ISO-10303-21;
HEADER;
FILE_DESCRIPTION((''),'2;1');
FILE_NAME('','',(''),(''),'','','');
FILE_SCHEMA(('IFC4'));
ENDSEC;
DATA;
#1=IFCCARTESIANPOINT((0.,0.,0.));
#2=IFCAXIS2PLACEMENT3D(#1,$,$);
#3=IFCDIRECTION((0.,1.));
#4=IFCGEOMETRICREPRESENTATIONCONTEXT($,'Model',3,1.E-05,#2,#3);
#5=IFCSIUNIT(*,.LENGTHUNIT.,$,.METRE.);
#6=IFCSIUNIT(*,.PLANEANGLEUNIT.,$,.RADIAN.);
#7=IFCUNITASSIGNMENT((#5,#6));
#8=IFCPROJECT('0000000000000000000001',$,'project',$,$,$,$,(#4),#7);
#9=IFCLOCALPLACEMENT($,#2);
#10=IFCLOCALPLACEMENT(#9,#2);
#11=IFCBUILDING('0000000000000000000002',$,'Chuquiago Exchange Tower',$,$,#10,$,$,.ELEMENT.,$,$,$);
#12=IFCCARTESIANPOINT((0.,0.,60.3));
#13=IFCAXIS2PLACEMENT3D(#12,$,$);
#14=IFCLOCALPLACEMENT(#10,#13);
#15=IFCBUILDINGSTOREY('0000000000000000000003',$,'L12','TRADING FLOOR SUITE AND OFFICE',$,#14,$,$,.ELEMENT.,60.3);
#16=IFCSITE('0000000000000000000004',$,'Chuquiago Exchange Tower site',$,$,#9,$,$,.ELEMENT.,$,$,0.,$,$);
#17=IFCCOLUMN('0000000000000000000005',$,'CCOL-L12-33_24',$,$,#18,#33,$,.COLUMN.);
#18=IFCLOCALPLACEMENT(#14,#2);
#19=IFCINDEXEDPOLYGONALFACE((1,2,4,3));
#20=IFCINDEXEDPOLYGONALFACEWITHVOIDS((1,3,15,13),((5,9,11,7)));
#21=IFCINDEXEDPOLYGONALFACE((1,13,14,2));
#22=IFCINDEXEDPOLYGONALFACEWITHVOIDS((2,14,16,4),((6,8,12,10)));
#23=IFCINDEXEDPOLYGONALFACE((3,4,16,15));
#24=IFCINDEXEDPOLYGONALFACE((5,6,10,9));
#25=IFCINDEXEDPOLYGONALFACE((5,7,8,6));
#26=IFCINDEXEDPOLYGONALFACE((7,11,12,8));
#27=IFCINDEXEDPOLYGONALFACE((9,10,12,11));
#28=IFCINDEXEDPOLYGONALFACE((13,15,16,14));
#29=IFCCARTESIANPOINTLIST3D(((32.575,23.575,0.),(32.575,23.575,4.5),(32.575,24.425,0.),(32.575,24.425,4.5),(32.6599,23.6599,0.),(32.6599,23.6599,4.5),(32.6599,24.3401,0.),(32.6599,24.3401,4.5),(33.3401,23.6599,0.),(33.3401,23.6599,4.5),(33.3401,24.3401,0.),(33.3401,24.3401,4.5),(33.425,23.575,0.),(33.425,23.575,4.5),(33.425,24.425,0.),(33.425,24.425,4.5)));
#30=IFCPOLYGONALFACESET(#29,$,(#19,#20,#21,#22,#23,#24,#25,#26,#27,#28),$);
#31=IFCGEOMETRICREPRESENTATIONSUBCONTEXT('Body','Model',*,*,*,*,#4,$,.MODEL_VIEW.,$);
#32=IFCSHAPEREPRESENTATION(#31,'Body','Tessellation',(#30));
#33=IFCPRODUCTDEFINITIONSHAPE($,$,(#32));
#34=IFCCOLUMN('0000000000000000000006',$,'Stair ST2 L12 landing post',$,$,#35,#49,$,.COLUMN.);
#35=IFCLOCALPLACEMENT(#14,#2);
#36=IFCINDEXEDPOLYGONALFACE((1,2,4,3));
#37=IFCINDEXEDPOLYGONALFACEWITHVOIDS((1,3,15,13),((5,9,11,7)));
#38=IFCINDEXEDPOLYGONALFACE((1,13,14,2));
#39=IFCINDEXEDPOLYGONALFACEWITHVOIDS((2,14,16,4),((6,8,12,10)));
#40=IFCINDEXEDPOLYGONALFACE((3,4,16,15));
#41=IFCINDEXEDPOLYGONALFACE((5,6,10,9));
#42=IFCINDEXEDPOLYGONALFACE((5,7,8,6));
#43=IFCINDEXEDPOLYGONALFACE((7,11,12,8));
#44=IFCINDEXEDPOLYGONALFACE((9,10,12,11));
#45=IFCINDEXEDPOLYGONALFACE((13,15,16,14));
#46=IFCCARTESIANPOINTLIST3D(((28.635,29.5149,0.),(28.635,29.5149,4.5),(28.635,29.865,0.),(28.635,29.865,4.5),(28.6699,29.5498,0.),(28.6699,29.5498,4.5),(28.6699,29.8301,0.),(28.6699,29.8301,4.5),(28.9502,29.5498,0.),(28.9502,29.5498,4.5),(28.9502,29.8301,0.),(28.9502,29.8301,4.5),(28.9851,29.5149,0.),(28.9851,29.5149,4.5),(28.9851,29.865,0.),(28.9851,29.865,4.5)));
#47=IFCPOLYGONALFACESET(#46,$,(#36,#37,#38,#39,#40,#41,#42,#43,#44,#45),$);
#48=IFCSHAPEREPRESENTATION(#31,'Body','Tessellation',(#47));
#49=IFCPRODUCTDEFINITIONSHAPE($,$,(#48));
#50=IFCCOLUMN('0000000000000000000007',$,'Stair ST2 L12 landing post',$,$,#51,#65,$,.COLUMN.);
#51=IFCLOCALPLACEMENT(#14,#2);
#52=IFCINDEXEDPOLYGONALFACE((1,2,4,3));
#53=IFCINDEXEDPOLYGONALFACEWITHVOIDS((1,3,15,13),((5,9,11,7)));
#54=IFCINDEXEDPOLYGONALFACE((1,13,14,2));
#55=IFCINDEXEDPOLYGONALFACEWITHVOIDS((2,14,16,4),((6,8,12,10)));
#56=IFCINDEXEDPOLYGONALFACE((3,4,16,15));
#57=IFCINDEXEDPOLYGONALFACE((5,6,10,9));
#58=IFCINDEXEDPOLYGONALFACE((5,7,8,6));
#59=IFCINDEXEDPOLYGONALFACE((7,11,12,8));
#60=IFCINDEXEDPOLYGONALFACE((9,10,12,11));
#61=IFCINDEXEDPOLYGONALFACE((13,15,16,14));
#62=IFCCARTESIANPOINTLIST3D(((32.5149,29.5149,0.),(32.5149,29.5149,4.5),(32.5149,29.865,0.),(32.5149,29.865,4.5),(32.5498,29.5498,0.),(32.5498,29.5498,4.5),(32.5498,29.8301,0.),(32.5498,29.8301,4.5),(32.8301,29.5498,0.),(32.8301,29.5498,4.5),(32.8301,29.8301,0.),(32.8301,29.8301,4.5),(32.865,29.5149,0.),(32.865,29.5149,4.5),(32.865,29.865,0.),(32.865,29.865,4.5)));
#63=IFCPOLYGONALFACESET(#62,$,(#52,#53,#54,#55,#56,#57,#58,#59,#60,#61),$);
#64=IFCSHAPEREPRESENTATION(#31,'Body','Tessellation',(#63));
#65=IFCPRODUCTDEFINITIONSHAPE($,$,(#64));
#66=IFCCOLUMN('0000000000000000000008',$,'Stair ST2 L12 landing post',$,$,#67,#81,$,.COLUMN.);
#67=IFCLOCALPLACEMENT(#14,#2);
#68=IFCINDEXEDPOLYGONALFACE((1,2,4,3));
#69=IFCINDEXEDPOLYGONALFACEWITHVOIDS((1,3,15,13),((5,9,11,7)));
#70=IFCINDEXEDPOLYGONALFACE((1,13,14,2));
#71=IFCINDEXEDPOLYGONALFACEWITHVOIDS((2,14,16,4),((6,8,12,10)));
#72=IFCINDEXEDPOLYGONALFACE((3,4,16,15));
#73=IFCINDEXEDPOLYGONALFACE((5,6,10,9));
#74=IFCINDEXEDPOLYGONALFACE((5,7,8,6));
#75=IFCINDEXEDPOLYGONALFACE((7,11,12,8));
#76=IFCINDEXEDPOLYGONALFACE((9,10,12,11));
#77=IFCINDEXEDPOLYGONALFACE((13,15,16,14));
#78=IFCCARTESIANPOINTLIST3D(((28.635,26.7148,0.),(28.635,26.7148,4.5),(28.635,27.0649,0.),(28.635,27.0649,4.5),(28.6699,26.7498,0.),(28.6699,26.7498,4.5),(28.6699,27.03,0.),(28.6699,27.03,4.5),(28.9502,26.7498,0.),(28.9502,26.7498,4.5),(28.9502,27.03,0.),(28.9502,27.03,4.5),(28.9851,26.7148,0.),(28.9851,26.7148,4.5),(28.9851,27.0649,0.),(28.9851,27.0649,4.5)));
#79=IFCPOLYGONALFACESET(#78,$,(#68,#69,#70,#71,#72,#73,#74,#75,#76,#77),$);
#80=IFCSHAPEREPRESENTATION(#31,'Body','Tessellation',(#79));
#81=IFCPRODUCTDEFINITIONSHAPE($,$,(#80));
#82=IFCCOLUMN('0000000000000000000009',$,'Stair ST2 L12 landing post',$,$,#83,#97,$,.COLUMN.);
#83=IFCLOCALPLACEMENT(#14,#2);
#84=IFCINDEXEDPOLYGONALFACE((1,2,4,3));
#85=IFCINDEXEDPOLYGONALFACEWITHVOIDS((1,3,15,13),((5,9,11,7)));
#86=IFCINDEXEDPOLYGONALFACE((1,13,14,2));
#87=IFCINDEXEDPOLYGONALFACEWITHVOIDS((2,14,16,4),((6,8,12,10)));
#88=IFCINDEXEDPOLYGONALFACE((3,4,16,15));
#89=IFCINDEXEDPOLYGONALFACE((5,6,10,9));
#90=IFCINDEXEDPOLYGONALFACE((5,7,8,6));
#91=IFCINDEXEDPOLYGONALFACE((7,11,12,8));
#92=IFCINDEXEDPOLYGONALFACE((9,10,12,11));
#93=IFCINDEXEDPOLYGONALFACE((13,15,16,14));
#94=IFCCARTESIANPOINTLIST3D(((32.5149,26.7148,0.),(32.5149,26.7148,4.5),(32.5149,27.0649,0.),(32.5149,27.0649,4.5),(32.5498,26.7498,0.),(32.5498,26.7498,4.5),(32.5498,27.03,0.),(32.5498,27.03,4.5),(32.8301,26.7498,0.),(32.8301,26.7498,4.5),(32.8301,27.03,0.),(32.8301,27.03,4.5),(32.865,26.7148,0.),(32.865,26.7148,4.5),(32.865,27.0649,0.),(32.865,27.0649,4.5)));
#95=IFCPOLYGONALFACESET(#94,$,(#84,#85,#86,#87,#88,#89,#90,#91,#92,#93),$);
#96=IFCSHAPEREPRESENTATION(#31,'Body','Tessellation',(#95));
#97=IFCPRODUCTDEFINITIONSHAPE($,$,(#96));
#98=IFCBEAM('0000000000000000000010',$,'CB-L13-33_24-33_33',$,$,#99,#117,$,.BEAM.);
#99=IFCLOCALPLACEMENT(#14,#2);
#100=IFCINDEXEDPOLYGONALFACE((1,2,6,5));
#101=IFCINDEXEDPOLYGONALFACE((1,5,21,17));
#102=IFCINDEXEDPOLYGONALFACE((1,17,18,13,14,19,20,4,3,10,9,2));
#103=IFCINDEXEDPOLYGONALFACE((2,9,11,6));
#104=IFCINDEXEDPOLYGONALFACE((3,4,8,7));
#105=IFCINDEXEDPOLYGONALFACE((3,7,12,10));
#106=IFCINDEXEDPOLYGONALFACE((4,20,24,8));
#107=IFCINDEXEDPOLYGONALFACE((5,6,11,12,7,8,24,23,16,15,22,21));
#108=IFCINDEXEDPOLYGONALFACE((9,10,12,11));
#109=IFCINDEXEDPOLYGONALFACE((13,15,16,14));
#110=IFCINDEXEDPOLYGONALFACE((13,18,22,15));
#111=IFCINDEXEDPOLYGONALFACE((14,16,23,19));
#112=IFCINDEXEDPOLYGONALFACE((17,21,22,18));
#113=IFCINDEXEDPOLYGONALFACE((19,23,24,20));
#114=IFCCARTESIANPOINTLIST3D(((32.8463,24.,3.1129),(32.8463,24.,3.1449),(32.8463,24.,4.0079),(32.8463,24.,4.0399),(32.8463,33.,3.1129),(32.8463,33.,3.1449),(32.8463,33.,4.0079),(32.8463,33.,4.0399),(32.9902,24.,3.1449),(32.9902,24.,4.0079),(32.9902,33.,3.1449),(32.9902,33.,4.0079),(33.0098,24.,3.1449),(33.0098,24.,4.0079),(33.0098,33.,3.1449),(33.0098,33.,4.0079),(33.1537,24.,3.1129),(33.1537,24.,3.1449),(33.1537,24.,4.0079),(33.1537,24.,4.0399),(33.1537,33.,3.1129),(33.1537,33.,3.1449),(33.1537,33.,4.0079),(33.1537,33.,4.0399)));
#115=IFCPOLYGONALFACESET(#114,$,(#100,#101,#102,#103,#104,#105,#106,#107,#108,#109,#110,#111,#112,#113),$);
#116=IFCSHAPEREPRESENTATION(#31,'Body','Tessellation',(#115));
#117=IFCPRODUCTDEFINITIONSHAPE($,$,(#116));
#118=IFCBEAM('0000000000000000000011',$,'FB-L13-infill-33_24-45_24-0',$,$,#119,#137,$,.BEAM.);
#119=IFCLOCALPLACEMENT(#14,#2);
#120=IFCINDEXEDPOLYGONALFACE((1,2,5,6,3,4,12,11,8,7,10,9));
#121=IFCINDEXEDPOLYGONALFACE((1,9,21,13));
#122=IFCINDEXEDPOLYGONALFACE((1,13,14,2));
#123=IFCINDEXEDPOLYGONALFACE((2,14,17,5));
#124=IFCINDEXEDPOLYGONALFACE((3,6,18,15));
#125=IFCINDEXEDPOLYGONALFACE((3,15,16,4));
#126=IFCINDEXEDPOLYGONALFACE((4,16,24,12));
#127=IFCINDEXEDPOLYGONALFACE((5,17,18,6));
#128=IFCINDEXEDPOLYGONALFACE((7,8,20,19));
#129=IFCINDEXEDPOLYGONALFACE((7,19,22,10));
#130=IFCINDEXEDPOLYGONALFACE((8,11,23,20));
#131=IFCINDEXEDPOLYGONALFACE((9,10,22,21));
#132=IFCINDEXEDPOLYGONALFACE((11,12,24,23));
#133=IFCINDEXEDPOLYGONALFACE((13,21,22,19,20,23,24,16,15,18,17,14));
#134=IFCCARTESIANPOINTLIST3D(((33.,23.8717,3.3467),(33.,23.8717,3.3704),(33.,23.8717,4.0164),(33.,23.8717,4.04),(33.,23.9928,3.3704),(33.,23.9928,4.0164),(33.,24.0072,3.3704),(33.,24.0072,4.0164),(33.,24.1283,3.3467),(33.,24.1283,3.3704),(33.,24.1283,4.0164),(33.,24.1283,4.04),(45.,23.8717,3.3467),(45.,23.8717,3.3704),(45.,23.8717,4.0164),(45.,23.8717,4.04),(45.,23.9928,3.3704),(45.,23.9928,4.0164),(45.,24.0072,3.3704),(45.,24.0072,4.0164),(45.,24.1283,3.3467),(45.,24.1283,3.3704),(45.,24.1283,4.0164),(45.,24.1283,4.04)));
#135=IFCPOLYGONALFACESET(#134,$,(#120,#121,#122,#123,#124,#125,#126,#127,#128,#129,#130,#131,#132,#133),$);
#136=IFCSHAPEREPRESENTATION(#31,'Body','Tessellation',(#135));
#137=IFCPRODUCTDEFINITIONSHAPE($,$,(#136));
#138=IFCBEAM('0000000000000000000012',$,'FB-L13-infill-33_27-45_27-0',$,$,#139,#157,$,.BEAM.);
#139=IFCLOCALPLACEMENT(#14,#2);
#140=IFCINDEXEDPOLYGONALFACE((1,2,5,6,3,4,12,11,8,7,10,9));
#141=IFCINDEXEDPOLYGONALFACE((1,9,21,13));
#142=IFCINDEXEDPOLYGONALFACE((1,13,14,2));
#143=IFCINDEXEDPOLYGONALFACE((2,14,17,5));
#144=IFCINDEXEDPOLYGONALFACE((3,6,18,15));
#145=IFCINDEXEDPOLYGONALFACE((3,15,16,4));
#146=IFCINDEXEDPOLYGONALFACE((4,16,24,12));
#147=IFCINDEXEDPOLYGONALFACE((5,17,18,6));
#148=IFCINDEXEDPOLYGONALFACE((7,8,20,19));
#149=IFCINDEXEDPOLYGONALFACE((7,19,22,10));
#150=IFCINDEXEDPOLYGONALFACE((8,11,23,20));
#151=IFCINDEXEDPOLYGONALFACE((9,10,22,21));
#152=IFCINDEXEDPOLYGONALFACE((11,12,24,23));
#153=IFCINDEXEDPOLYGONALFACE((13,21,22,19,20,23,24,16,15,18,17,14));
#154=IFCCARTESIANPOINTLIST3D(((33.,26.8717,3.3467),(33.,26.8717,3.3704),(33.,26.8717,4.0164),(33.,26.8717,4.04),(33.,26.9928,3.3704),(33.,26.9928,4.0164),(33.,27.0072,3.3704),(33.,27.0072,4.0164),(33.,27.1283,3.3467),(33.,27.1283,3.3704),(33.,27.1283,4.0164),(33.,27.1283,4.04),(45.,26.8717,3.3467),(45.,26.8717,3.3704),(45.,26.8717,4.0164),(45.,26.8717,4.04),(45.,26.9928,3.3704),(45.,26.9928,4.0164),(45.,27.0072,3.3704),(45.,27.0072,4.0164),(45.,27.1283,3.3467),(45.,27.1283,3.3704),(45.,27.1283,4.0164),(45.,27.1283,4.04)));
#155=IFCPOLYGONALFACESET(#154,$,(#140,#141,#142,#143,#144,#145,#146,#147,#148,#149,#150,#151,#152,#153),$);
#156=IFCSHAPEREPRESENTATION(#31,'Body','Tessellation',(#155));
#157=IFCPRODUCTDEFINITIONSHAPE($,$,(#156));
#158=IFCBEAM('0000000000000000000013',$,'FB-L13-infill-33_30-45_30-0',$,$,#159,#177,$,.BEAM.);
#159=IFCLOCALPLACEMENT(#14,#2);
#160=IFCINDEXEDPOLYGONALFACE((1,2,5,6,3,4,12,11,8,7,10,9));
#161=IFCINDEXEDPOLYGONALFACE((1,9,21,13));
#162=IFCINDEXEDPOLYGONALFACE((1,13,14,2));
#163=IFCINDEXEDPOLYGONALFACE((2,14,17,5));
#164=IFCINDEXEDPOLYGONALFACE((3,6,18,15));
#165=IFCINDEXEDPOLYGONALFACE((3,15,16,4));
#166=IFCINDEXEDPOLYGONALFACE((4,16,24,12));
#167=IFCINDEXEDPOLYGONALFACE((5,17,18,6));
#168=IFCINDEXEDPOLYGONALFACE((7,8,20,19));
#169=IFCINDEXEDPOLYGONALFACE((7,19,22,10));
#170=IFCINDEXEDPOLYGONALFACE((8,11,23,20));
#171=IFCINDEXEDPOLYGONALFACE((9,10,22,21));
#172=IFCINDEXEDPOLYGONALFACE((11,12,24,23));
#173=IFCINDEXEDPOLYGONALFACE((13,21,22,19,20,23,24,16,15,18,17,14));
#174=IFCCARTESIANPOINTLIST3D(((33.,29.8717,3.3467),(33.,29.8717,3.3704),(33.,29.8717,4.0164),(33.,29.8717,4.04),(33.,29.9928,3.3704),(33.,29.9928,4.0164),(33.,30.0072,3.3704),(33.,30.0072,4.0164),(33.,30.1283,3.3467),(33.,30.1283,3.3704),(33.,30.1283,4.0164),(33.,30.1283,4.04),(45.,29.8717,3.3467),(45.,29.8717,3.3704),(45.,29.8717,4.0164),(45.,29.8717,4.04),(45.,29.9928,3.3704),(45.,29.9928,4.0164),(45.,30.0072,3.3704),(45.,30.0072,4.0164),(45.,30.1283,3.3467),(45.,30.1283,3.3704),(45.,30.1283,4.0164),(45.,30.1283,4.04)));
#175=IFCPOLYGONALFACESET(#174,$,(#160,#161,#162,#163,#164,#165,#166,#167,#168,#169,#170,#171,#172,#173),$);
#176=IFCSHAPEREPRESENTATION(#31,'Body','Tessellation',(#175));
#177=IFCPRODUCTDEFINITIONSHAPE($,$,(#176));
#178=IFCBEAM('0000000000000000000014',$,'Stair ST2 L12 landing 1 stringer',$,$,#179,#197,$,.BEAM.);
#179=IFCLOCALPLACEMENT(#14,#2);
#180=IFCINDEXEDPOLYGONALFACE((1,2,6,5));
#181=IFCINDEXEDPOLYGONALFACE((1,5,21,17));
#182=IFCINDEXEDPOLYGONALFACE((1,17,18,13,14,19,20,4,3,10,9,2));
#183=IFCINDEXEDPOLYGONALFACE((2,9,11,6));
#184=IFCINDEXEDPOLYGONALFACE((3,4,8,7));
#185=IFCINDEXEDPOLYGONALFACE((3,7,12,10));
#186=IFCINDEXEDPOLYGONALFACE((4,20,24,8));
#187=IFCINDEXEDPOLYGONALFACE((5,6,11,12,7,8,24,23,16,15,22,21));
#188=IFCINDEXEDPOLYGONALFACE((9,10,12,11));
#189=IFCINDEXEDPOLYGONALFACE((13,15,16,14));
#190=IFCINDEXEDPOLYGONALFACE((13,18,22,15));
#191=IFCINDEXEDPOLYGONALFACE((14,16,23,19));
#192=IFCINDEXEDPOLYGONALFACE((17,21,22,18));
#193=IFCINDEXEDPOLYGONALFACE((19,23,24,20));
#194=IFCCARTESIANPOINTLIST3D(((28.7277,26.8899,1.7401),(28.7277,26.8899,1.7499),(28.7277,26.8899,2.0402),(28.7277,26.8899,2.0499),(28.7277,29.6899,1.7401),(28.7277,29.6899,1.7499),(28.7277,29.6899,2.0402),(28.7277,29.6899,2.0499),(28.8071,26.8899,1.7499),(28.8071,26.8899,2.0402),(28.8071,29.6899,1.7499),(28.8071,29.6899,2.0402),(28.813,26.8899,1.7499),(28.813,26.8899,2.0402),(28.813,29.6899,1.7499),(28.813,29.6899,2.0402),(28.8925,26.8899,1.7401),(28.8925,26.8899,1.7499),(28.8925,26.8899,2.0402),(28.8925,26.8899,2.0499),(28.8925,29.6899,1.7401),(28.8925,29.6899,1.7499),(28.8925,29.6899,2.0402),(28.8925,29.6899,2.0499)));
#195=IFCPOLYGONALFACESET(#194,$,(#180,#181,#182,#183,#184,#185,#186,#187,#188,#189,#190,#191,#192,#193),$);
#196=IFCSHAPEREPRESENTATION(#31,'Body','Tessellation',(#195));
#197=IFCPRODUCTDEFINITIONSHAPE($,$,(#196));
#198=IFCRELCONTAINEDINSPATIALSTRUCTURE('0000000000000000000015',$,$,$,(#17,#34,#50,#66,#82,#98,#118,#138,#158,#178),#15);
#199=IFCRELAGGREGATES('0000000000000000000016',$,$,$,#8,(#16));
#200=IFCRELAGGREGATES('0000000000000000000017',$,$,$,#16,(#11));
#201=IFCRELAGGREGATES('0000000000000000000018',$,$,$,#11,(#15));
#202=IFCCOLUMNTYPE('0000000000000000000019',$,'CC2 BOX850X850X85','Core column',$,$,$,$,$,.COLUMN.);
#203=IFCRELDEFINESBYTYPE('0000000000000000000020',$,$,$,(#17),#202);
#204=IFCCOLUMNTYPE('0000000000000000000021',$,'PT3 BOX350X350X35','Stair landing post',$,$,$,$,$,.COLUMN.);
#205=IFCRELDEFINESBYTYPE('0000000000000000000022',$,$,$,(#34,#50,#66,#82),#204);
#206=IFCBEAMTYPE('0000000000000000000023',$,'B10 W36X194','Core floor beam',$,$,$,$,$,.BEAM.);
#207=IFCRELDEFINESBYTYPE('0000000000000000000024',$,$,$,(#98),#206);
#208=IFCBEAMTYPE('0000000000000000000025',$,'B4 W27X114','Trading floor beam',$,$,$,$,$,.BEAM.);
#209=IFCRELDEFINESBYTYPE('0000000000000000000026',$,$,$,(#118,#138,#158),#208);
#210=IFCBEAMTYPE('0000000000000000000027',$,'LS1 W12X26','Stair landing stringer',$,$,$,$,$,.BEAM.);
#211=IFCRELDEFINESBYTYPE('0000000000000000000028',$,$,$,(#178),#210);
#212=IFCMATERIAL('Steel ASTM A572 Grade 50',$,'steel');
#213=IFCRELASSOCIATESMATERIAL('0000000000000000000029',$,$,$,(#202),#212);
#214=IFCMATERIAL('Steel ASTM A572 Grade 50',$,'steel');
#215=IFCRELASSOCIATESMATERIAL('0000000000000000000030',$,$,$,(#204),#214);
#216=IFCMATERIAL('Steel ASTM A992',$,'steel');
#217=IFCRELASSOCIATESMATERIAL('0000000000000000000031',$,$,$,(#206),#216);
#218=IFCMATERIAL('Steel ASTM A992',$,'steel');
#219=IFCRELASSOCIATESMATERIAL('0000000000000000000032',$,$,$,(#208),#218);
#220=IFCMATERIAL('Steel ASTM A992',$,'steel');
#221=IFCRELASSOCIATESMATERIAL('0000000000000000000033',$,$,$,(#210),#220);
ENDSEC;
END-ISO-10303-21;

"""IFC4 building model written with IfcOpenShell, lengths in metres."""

from ifc_helpers import new_model, si_unit, direction, frame, origin, origin_2d, place, context, subcontext, project, spatial, hollow_rectangle, i_section, extrude, material, material_profile, profile_set, type_object, element, save


model = new_model("IFC4")

# Units and contexts
model_context = context("Model", 3, precision=1e-05, world=origin(), true_north=direction((0.0, 1.0)))
body_context = subcontext(model_context, "Body", "Model", "MODEL_VIEW")
ifc_project = project(units=[si_unit("LENGTHUNIT", "METRE"), si_unit("PLANEANGLEUNIT", "RADIAN")], contexts=[model_context])

# Site, building, storey
site_placement = place(None, origin())
site = spatial("IfcSite", under=ifc_project, at=site_placement, Name="Chuquiago Exchange Tower site", CompositionType="ELEMENT", RefElevation=0.0)
building_placement = place(site_placement, origin())
building = spatial("IfcBuilding", under=site, at=building_placement, Name="Chuquiago Exchange Tower", CompositionType="ELEMENT")
storey_placement = place(building_placement, frame((0.0, 0.0, 60.3)))
storey = spatial("IfcBuildingStorey", under=building, at=storey_placement, Name="L12", Description="TRADING FLOOR SUITE AND OFFICE", CompositionType="ELEMENT", Elevation=60.3)

# Columns
ifc_material_1 = material(Name="Steel ASTM A572 Grade 50", Category="steel")
ifc_material_profile_1 = material_profile(ifc_material_1, hollow_rectangle(XDim=0.8501, YDim=0.8501, WallThickness=0.085, at=origin_2d()), Name="BOX850X850X85")
ifc_profile_set_1 = profile_set([ifc_material_profile_1], Name="Steel ASTM A572 Grade 50")
column_type_1 = type_object("IfcColumnType", Name="CC2 BOX850X850X85", Description="Core column", PredefinedType="COLUMN", material=ifc_profile_set_1)
column_placement = place(storey_placement, frame((33.0, 24.0, 0.0), z_axis=(0.0, 0.0, 1.0), x_axis=(1.0, 0.0, 0.0)))
element("IfcColumn", 1, at=column_placement, inside=storey, type_object=column_type_1, Name="CCOL-L12-33_24", PredefinedType="COLUMN", context=body_context, shape_type="SweptSolid", body=[
    extrude(hollow_rectangle(XDim=0.8501, YDim=0.8501, WallThickness=0.085, at=origin_2d()), origin(), (0.0, 0.0, 1.0), 4.5),
])
ifc_material_2 = material(Name="Steel ASTM A572 Grade 50", Category="steel")
ifc_material_profile_2 = material_profile(ifc_material_2, hollow_rectangle(XDim=0.3501, YDim=0.3501, WallThickness=0.0349, at=origin_2d()), Name="BOX350X350X35")
ifc_profile_set_2 = profile_set([ifc_material_profile_2], Name="Steel ASTM A572 Grade 50")
column_type_2 = type_object("IfcColumnType", Name="PT3 BOX350X350X35", Description="Stair landing post", PredefinedType="COLUMN", material=ifc_profile_set_2)
for number, where, z_axis, x_axis, name in (
    (2, (28.8101, 29.6899, 0.0), (0.0, 0.0, 1.0), (1.0, 0.0, 0.0), "Stair ST2 L12 landing post"),
    (3, (32.6899, 29.6899, 0.0), (0.0, 0.0, 1.0), (1.0, 0.0, 0.0), "Stair ST2 L12 landing post"),
    (4, (28.8101, 26.8899, 0.0), (0.0, 0.0, 1.0), (1.0, 0.0, 0.0), "Stair ST2 L12 landing post"),
    (5, (32.6899, 26.8899, 0.0), (0.0, 0.0, 1.0), (1.0, 0.0, 0.0), "Stair ST2 L12 landing post"),
):
    element("IfcColumn", number, at=place(storey_placement, frame(where, z_axis=z_axis, x_axis=x_axis)), inside=storey, type_object=column_type_2, Name=name, PredefinedType="COLUMN", context=body_context, shape_type="SweptSolid", body=[
        extrude(hollow_rectangle(XDim=0.3501, YDim=0.3501, WallThickness=0.0349, at=origin_2d()), origin(), (0.0, 0.0, 1.0), 4.5),
    ])

# Beams
ifc_material_3 = material(Name="Steel ASTM A992", Category="steel")
ifc_material_profile_3 = material_profile(ifc_material_3, i_section(OverallWidth=0.3074, OverallDepth=0.927, WebThickness=0.0195, FlangeThickness=0.032, at=origin_2d()), Name="W36X194")
ifc_profile_set_3 = profile_set([ifc_material_profile_3], Name="Steel ASTM A992")
beam_type_1 = type_object("IfcBeamType", Name="B10 W36X194", Description="Core floor beam", PredefinedType="BEAM", material=ifc_profile_set_3)
beam_placement = place(storey_placement, frame((33.0, 24.0, 3.5764), z_axis=(0.0, 1.0, 0.0), x_axis=(-1.0, 0.0, 0.0)))
element("IfcBeam", 6, at=beam_placement, inside=storey, type_object=beam_type_1, Name="CB-L13-33_24-33_33", PredefinedType="BEAM", context=body_context, shape_type="SweptSolid", body=[
    extrude(i_section(OverallWidth=0.3074, OverallDepth=0.927, WebThickness=0.0195, FlangeThickness=0.032, at=origin_2d()), origin(), (0.0, 0.0, 1.0), 9.0),
])
ifc_material_4 = material(Name="Steel ASTM A992", Category="steel")
ifc_material_profile_4 = material_profile(ifc_material_4, i_section(OverallWidth=0.2566, OverallDepth=0.6934, WebThickness=0.0144, FlangeThickness=0.0237, at=origin_2d()), Name="W27X114")
ifc_profile_set_4 = profile_set([ifc_material_profile_4], Name="Steel ASTM A992")
beam_type_2 = type_object("IfcBeamType", Name="B4 W27X114", Description="Trading floor beam", PredefinedType="BEAM", material=ifc_profile_set_4)
for number, where, z_axis, x_axis, name in (
    (7, (33.0, 24.0, 3.6934), (1.0, 0.0, 0.0), (0.0, 1.0, 0.0), "FB-L13-infill-33_24-45_24-0"),
    (8, (33.0, 27.0, 3.6934), (1.0, 0.0, 0.0), (0.0, 1.0, 0.0), "FB-L13-infill-33_27-45_27-0"),
    (9, (33.0, 30.0, 3.6934), (1.0, 0.0, 0.0), (0.0, 1.0, 0.0), "FB-L13-infill-33_30-45_30-0"),
):
    element("IfcBeam", number, at=place(storey_placement, frame(where, z_axis=z_axis, x_axis=x_axis)), inside=storey, type_object=beam_type_2, Name=name, PredefinedType="BEAM", context=body_context, shape_type="SweptSolid", body=[
        extrude(i_section(OverallWidth=0.2566, OverallDepth=0.6934, WebThickness=0.0144, FlangeThickness=0.0237, at=origin_2d()), origin(), (0.0, 0.0, 1.0), 12.0),
    ])
ifc_material_5 = material(Name="Steel ASTM A992", Category="steel")
ifc_material_profile_5 = material_profile(ifc_material_5, i_section(OverallWidth=0.1648, OverallDepth=0.3098, WebThickness=0.0059, FlangeThickness=0.0098, at=origin_2d()), Name="W12X26")
ifc_profile_set_5 = profile_set([ifc_material_profile_5], Name="Steel ASTM A992")
beam_type_3 = type_object("IfcBeamType", Name="LS1 W12X26", Description="Stair landing stringer", PredefinedType="BEAM", material=ifc_profile_set_5)
for number, where, z_axis, x_axis, name in (
    (10, (28.8101, 26.8899, 1.895), (0.0, 1.0, 0.0), (-1.0, 0.0, 0.0), "Stair ST2 L12 landing 1 stringer"),
):
    element("IfcBeam", number, at=place(storey_placement, frame(where, z_axis=z_axis, x_axis=x_axis)), inside=storey, type_object=beam_type_3, Name=name, PredefinedType="BEAM", context=body_context, shape_type="SweptSolid", body=[
        extrude(i_section(OverallWidth=0.1648, OverallDepth=0.3098, WebThickness=0.0059, FlangeThickness=0.0098, at=origin_2d()), origin(), (0.0, 0.0, 1.0), 2.8),
    ])

save(model, "model.ifc")
